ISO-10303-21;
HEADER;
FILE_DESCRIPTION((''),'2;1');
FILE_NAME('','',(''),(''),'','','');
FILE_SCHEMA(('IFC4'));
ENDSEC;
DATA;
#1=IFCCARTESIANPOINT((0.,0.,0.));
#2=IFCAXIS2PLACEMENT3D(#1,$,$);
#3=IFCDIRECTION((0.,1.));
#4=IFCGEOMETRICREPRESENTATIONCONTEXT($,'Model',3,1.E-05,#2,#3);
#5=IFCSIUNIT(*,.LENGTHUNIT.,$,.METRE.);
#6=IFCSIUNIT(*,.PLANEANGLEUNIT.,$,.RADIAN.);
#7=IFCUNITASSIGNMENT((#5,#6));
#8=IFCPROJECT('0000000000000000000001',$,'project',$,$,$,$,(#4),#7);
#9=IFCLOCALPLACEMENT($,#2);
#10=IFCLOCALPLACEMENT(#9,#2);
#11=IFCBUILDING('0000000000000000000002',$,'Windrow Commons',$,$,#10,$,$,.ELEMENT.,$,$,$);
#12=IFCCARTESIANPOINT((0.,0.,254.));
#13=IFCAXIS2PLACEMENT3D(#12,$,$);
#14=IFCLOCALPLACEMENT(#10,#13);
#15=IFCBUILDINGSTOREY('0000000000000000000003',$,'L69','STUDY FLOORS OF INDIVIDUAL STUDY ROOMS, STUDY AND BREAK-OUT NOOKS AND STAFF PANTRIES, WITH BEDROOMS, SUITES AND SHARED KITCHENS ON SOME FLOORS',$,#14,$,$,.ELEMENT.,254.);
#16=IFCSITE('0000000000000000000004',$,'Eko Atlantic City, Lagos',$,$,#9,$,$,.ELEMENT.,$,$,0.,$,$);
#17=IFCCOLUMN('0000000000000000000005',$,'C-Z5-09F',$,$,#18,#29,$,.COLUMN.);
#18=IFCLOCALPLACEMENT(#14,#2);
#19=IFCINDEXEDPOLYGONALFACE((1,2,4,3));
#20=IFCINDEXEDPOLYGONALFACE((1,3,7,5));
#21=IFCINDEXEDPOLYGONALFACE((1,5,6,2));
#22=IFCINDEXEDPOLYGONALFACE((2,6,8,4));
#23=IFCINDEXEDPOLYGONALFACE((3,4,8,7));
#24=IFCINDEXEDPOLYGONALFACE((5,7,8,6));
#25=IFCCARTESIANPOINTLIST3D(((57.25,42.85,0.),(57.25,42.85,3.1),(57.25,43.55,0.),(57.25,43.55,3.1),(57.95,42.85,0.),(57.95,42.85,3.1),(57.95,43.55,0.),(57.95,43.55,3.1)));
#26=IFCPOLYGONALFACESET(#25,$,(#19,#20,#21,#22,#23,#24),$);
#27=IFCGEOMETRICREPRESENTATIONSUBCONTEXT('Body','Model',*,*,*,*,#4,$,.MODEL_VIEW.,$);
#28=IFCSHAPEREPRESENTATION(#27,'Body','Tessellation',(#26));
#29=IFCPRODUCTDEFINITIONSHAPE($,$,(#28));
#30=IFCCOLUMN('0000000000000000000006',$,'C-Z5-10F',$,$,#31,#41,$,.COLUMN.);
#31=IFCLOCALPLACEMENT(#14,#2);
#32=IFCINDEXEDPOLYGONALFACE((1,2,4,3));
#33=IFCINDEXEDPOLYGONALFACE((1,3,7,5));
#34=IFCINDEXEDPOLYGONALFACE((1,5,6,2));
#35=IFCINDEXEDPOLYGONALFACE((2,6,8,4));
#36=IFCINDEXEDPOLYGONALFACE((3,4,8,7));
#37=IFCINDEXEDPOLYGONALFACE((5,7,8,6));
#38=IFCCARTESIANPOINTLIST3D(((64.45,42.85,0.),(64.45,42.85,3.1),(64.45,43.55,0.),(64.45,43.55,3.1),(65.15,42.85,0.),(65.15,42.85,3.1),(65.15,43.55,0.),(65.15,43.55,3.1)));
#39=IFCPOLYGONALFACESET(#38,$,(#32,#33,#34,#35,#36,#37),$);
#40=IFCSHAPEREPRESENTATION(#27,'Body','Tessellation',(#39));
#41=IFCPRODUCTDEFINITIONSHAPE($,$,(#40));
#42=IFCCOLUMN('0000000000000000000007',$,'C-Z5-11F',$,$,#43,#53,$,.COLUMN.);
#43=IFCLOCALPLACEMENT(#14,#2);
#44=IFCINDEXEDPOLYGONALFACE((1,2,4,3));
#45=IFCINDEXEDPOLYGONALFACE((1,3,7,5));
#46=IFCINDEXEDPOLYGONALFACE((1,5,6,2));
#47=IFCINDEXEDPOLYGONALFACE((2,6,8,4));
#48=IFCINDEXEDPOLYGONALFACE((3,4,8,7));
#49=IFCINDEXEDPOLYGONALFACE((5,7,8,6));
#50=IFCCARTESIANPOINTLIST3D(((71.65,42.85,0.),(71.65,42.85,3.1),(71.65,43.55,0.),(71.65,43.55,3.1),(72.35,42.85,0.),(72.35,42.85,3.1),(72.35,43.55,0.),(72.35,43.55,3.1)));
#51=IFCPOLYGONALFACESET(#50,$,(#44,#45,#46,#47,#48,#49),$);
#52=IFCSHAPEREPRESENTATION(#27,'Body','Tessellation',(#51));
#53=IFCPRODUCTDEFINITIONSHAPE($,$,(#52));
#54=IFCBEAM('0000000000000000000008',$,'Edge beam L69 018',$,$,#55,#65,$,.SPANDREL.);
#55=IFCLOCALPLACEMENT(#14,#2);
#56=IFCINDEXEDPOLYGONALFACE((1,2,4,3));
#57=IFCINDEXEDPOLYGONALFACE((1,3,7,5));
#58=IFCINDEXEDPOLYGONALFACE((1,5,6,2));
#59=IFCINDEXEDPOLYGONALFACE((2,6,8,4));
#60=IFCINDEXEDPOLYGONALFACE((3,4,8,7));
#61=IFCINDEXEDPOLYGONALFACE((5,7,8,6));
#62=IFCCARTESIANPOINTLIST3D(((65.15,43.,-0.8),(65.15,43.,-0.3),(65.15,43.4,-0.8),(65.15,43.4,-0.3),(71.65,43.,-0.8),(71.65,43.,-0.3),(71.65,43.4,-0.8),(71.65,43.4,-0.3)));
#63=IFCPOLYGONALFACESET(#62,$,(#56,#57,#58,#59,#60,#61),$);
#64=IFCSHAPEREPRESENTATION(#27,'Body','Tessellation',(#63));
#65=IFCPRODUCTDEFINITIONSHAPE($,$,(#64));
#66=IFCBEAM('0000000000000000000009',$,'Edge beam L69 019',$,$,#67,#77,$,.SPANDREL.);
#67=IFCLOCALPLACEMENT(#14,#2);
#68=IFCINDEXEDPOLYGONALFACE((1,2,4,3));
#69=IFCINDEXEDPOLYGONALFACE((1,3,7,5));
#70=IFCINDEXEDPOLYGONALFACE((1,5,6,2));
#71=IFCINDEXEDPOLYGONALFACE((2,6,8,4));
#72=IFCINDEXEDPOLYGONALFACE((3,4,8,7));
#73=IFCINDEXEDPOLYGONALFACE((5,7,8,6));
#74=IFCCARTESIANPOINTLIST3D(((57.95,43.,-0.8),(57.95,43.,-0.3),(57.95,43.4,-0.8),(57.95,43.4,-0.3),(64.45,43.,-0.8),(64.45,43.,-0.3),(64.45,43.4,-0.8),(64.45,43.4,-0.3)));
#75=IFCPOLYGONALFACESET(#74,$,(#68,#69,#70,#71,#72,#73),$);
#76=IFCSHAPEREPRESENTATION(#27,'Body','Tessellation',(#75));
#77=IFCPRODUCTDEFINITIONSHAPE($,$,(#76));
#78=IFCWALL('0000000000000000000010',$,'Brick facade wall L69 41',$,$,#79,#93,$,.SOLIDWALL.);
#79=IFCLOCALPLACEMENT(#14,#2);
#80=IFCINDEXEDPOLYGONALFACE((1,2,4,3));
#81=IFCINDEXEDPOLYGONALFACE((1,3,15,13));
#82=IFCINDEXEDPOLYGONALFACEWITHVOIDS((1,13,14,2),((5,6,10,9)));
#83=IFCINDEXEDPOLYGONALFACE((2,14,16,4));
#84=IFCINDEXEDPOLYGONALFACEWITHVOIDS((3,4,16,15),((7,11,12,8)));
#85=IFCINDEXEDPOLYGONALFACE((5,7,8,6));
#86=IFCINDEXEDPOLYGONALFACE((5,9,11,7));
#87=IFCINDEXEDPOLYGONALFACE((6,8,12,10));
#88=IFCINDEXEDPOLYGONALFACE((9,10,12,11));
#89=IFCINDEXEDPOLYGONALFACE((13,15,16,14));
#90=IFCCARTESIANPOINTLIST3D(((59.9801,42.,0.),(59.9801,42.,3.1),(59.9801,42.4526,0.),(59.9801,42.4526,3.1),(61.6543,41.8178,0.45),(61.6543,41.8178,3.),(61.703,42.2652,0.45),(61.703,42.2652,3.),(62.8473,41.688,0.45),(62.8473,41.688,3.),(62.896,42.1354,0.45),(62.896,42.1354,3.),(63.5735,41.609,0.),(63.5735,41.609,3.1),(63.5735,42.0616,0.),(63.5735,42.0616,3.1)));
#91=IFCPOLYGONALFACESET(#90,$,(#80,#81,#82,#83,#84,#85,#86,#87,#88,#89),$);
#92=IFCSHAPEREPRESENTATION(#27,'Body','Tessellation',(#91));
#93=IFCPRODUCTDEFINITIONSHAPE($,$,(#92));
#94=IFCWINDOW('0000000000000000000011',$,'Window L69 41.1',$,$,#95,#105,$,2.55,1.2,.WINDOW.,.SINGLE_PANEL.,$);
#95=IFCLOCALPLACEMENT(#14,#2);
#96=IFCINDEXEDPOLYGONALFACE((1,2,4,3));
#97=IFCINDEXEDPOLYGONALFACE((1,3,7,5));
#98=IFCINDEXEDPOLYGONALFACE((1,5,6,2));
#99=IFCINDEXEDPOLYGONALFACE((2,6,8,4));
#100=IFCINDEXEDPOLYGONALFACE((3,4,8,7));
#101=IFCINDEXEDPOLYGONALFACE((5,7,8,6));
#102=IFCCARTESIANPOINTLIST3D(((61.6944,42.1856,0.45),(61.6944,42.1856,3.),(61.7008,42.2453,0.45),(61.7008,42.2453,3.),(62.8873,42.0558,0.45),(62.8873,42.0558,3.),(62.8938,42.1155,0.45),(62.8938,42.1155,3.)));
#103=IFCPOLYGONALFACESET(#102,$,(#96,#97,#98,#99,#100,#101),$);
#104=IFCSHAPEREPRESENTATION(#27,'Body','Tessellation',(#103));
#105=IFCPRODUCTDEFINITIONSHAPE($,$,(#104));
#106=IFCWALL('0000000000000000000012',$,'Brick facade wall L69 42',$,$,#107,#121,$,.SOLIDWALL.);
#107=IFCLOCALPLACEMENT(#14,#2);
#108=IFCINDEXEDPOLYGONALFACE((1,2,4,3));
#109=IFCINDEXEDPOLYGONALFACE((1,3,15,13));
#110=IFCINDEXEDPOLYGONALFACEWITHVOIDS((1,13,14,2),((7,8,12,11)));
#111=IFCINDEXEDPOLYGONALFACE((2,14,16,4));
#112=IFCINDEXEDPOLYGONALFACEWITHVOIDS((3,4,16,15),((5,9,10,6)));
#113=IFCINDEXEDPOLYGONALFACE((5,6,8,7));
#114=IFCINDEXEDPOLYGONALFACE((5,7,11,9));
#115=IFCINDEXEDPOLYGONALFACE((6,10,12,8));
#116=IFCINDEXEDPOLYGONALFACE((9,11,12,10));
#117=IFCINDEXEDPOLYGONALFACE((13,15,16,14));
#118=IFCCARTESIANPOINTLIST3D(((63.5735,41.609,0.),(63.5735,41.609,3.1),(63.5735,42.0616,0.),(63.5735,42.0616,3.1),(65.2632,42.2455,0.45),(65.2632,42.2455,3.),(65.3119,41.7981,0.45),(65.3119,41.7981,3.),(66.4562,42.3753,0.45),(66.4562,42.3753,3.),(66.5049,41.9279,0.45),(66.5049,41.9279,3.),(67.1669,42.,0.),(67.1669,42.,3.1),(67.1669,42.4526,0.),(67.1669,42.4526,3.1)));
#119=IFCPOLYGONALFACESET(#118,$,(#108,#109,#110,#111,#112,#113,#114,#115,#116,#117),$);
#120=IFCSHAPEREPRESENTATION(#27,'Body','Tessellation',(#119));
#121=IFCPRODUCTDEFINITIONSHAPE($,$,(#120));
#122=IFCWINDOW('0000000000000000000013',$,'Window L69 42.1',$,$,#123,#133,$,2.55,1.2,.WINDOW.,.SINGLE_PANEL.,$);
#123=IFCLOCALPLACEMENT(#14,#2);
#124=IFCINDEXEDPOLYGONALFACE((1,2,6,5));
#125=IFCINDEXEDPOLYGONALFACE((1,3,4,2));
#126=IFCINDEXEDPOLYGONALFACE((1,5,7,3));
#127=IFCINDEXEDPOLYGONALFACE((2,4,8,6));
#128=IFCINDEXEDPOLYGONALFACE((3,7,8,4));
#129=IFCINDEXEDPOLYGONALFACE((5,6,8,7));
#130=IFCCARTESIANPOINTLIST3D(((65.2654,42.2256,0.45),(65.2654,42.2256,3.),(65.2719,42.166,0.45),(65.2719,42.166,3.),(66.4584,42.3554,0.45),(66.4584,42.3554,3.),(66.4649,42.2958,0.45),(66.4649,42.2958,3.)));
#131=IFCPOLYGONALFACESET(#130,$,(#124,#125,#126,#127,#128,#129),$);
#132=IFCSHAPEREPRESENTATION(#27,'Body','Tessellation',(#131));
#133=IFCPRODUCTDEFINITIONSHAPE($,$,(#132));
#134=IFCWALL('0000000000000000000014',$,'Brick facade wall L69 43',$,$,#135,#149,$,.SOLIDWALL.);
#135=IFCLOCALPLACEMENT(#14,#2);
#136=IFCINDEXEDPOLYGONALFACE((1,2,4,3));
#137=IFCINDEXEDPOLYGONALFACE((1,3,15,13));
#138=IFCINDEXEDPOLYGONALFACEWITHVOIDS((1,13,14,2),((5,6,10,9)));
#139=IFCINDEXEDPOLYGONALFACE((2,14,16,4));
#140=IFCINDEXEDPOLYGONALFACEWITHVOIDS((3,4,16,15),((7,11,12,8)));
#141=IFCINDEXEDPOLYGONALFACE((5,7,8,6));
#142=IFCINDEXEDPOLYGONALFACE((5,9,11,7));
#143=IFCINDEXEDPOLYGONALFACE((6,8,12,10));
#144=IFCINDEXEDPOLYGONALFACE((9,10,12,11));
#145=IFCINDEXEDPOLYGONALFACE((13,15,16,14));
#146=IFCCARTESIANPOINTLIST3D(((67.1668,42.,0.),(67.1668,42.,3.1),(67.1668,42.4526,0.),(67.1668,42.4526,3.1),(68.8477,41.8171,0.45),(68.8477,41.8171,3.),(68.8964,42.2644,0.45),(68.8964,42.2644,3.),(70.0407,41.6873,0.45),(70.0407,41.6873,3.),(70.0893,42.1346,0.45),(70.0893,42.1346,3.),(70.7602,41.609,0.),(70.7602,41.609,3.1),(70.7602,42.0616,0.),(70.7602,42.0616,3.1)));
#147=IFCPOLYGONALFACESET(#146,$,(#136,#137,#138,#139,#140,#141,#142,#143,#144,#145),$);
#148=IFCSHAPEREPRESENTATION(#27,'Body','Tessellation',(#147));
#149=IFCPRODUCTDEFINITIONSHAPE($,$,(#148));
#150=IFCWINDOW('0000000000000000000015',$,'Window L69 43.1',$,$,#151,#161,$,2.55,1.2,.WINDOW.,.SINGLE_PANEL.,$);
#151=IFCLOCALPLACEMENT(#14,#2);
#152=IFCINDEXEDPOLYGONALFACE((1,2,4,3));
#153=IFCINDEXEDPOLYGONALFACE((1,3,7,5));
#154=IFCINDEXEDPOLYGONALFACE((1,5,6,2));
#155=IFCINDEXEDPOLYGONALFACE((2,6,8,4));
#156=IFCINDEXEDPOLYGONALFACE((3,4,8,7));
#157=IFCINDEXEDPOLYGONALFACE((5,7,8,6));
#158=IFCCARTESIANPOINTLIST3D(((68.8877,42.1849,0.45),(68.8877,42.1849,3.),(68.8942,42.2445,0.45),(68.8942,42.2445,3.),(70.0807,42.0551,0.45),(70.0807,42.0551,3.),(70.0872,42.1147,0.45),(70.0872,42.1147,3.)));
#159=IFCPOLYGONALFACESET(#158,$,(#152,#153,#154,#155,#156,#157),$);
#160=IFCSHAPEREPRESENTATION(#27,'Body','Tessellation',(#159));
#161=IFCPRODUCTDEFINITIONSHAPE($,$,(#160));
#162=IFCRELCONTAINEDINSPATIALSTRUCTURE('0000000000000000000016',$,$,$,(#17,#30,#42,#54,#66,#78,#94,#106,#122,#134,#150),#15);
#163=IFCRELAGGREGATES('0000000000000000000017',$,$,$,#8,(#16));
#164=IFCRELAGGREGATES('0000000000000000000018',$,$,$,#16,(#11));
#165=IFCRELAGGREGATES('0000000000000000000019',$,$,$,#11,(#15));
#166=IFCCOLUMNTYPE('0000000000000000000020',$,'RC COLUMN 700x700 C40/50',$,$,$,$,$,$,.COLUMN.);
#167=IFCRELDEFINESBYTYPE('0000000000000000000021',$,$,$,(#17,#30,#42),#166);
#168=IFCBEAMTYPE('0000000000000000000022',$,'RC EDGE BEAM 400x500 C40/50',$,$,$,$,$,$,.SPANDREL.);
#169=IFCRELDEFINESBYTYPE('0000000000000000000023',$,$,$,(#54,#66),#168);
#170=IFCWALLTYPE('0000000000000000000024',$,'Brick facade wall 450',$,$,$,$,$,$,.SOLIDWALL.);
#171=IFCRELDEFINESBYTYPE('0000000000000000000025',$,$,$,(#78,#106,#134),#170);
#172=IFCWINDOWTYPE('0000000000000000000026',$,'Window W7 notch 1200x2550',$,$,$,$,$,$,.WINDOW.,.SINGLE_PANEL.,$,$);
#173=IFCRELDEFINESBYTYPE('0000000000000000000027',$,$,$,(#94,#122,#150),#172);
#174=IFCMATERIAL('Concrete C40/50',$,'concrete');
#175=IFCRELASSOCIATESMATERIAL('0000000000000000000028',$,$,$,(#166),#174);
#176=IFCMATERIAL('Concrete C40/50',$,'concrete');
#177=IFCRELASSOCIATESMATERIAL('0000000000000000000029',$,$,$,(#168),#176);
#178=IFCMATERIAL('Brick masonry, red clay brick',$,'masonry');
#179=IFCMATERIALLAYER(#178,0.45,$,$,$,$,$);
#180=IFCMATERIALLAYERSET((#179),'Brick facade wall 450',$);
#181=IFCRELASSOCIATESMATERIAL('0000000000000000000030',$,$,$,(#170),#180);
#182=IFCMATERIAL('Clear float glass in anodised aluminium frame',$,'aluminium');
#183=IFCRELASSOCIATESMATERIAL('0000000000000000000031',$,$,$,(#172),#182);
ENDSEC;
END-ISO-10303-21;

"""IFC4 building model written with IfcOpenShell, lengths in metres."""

from ifc_helpers import new_model, si_unit, direction, frame, frame_2d, origin, origin_2d, place, context, subcontext, project, spatial, polyline, rectangle, outline, extrude, material, layer, layer_set, material_profile, profile_set, type_object, element, fill, save


model = new_model("IFC4")

# Units and contexts
model_context = context("Model", 3, precision=1e-05, world=origin(), true_north=direction((0.0, 1.0)))
body_context = subcontext(model_context, "Body", "Model", "MODEL_VIEW")
ifc_project = project(units=[si_unit("LENGTHUNIT", "METRE"), si_unit("PLANEANGLEUNIT", "RADIAN")], contexts=[model_context])

# Site, building, storey
site_placement = place(None, origin())
site = spatial("IfcSite", under=ifc_project, at=site_placement, Name="Eko Atlantic City, Lagos", CompositionType="ELEMENT", RefElevation=0.0)
building_placement = place(site_placement, origin())
building = spatial("IfcBuilding", under=site, at=building_placement, Name="Windrow Commons", CompositionType="ELEMENT")
storey_placement = place(building_placement, frame((0.0, 0.0, 254.0)))
storey = spatial("IfcBuildingStorey", under=building, at=storey_placement, Name="L69", Description="STUDY FLOORS OF INDIVIDUAL STUDY ROOMS, STUDY AND BREAK-OUT NOOKS AND STAFF PANTRIES, WITH BEDROOMS, SUITES AND SHARED KITCHENS ON SOME FLOORS", CompositionType="ELEMENT", Elevation=254.0)

# Columns
ifc_material_1 = material(Name="Concrete C40/50", Category="concrete")
ifc_material_profile_1 = material_profile(ifc_material_1, rectangle(XDim=0.7, YDim=0.7, at=origin_2d()))
ifc_profile_set_1 = profile_set([ifc_material_profile_1], Name="Concrete C40/50")
column_type = type_object("IfcColumnType", Name="RC COLUMN 700x700 C40/50", PredefinedType="COLUMN", material=ifc_profile_set_1)
for number, where, z_axis, x_axis, name in (
    (1, (57.6, 43.2, 0.0), (0.0, 0.0, 1.0), (1.0, 0.0, 0.0), "C-Z5-09F"),
    (2, (64.8, 43.2, 0.0), (0.0, 0.0, 1.0), (1.0, 0.0, 0.0), "C-Z5-10F"),
    (3, (72.0, 43.2, 0.0), (0.0, 0.0, 1.0), (1.0, 0.0, 0.0), "C-Z5-11F"),
):
    element("IfcColumn", number, at=place(storey_placement, frame(where, z_axis=z_axis, x_axis=x_axis)), inside=storey, type_object=column_type, Name=name, PredefinedType="COLUMN", context=body_context, shape_type="SweptSolid", body=[
        extrude(rectangle(XDim=0.7, YDim=0.7, at=origin_2d()), origin(), (0.0, 0.0, 1.0), 3.1),
    ])

# Beams
ifc_material_2 = material(Name="Concrete C40/50", Category="concrete")
ifc_material_profile_2 = material_profile(ifc_material_2, rectangle(XDim=0.4, YDim=0.5, at=origin_2d()))
ifc_profile_set_2 = profile_set([ifc_material_profile_2], Name="Concrete C40/50")
beam_type = type_object("IfcBeamType", Name="RC EDGE BEAM 400x500 C40/50", PredefinedType="SPANDREL", material=ifc_profile_set_2)
for number, where, z_axis, x_axis, name in (
    (4, (71.65, 43.2, -0.55), (-1.0, 0.0, 0.0), (0.0, -1.0, 0.0), "Edge beam L69 018"),
    (5, (64.45, 43.2, -0.55), (-1.0, 0.0, 0.0), (0.0, -1.0, 0.0), "Edge beam L69 019"),
):
    element("IfcBeam", number, at=place(storey_placement, frame(where, z_axis=z_axis, x_axis=x_axis)), inside=storey, type_object=beam_type, Name=name, PredefinedType="SPANDREL", context=body_context, shape_type="SweptSolid", body=[
        extrude(rectangle(XDim=0.4, YDim=0.5, at=origin_2d()), origin(), (0.0, 0.0, 1.0), 6.5),
    ])

# Walls, openings, windows
ifc_material_3 = material(Name="Brick masonry, red clay brick", Category="masonry")
ifc_layer_1 = layer(ifc_material_3, 0.45)
ifc_layer_set_1 = layer_set([ifc_layer_1], Name="Brick facade wall 450")
wall_type_1 = type_object("IfcWallType", Name="Brick facade wall 450", PredefinedType="SOLIDWALL", material=ifc_layer_set_1)
wall_1_placement = place(storey_placement, frame((59.9801, 42.2263, 0.0), z_axis=(0.0, 0.0, 1.0), x_axis=(0.994132, -0.108172, 0.0)))
wall_1 = element("IfcWall", 6, at=wall_1_placement, inside=storey, type_object=wall_type_1, Name="Brick facade wall L69 41", PredefinedType="SOLIDWALL", context=body_context, shape_type="SweptSolid", body=[
    extrude(outline(polyline([(0.0245, -0.225), (3.6391, -0.225), (3.5901, 0.225), (-0.0245, 0.225), (0.0245, -0.225)])), origin(), (0.0, 0.0, 1.0), 3.1),
])
opening_1_placement = place(wall_1_placement, frame((1.7086, 0.0, 0.45)))
opening_1 = element("IfcOpeningElement", 7, at=opening_1_placement, cuts=wall_1, PredefinedType="OPENING", context=body_context, shape_type="SweptSolid", body=[
    extrude(rectangle(XDim=1.2, YDim=2.55, at=frame_2d((0.6, 1.275))), frame((0.0, 0.235, 0.0), z_axis=(0.0, -1.0, 0.0), x_axis=(1.0, 0.0, 0.0)), (0.0, 0.0, 1.0), 0.47),
])
ifc_material_4 = material(Name="Clear float glass in anodised aluminium frame", Category="aluminium")
window_type = type_object("IfcWindowType", Name="Window W7 notch 1200x2550", PartitioningType="SINGLE_PANEL", PredefinedType="WINDOW", material=ifc_material_4)
window_1_placement = place(opening_1_placement, origin())
window_1 = element("IfcWindow", 8, at=window_1_placement, inside=storey, type_object=window_type, Name="Window L69 41.1", OverallHeight=2.55, OverallWidth=1.2, PartitioningType="SINGLE_PANEL", PredefinedType="WINDOW", context=body_context, shape_type="SweptSolid", body=[
    extrude(rectangle(XDim=1.2, YDim=2.55, at=frame_2d((0.6, 1.275))), frame((0.0, 0.205, 0.0), z_axis=(0.0, -1.0, 0.0), x_axis=(1.0, 0.0, 0.0)), (0.0, 0.0, 1.0), 0.06),
])
fill(opening_1, window_1)
wall_2_placement = place(storey_placement, frame((63.5735, 41.8353, 0.0), z_axis=(0.0, 0.0, 1.0), x_axis=(0.994132, 0.108175, 0.0)))
wall_2 = element("IfcWall", 9, at=wall_2_placement, inside=storey, type_object=wall_type_1, Name="Brick facade wall L69 42", PredefinedType="SOLIDWALL", context=body_context, shape_type="SweptSolid", body=[
    extrude(outline(polyline([(-0.0245, -0.225), (3.5901, -0.225), (3.6391, 0.225), (0.0245, 0.225), (-0.0245, -0.225)])), origin(), (0.0, 0.0, 1.0), 3.1),
])
opening_2_placement = place(wall_2_placement, frame((1.7242, 0.0, 0.45)))
opening_2 = element("IfcOpeningElement", 10, at=opening_2_placement, cuts=wall_2, PredefinedType="OPENING", context=body_context, shape_type="SweptSolid", body=[
    extrude(rectangle(XDim=1.2, YDim=2.55, at=frame_2d((0.6, 1.275))), frame((0.0, 0.235, 0.0), z_axis=(0.0, -1.0, 0.0), x_axis=(1.0, 0.0, 0.0)), (0.0, 0.0, 1.0), 0.47),
])
window_2_placement = place(opening_2_placement, origin())
window_2 = element("IfcWindow", 11, at=window_2_placement, inside=storey, type_object=window_type, Name="Window L69 42.1", OverallHeight=2.55, OverallWidth=1.2, PartitioningType="SINGLE_PANEL", PredefinedType="WINDOW", context=body_context, shape_type="SweptSolid", body=[
    extrude(rectangle(XDim=1.2, YDim=2.55, at=frame_2d((0.6, 1.275))), frame((0.0, 0.205, 0.0), z_axis=(0.0, -1.0, 0.0), x_axis=(1.0, 0.0, 0.0)), (0.0, 0.0, 1.0), 0.06),
])
fill(opening_2, window_2)
wall_3_placement = place(storey_placement, frame((67.1668, 42.2263, 0.0), z_axis=(0.0, 0.0, 1.0), x_axis=(0.994132, -0.108172, 0.0)))
wall_3 = element("IfcWall", 12, at=wall_3_placement, inside=storey, type_object=wall_type_1, Name="Brick facade wall L69 43", PredefinedType="SOLIDWALL", context=body_context, shape_type="SweptSolid", body=[
    extrude(outline(polyline([(0.0245, -0.225), (3.6391, -0.225), (3.5901, 0.225), (-0.0245, 0.225), (0.0245, -0.225)])), origin(), (0.0, 0.0, 1.0), 3.1),
])
opening_3_placement = place(wall_3_placement, frame((1.7153, 0.0, 0.45)))
opening_3 = element("IfcOpeningElement", 13, at=opening_3_placement, cuts=wall_3, PredefinedType="OPENING", context=body_context, shape_type="SweptSolid", body=[
    extrude(rectangle(XDim=1.2, YDim=2.55, at=frame_2d((0.6, 1.275))), frame((0.0, 0.235, 0.0), z_axis=(0.0, -1.0, 0.0), x_axis=(1.0, 0.0, 0.0)), (0.0, 0.0, 1.0), 0.47),
])
window_3_placement = place(opening_3_placement, origin())
window_3 = element("IfcWindow", 14, at=window_3_placement, inside=storey, type_object=window_type, Name="Window L69 43.1", OverallHeight=2.55, OverallWidth=1.2, PartitioningType="SINGLE_PANEL", PredefinedType="WINDOW", context=body_context, shape_type="SweptSolid", body=[
    extrude(rectangle(XDim=1.2, YDim=2.55, at=frame_2d((0.6, 1.275))), frame((0.0, 0.205, 0.0), z_axis=(0.0, -1.0, 0.0), x_axis=(1.0, 0.0, 0.0)), (0.0, 0.0, 1.0), 0.06),
])
fill(opening_3, window_3)

save(model, "model.ifc")
